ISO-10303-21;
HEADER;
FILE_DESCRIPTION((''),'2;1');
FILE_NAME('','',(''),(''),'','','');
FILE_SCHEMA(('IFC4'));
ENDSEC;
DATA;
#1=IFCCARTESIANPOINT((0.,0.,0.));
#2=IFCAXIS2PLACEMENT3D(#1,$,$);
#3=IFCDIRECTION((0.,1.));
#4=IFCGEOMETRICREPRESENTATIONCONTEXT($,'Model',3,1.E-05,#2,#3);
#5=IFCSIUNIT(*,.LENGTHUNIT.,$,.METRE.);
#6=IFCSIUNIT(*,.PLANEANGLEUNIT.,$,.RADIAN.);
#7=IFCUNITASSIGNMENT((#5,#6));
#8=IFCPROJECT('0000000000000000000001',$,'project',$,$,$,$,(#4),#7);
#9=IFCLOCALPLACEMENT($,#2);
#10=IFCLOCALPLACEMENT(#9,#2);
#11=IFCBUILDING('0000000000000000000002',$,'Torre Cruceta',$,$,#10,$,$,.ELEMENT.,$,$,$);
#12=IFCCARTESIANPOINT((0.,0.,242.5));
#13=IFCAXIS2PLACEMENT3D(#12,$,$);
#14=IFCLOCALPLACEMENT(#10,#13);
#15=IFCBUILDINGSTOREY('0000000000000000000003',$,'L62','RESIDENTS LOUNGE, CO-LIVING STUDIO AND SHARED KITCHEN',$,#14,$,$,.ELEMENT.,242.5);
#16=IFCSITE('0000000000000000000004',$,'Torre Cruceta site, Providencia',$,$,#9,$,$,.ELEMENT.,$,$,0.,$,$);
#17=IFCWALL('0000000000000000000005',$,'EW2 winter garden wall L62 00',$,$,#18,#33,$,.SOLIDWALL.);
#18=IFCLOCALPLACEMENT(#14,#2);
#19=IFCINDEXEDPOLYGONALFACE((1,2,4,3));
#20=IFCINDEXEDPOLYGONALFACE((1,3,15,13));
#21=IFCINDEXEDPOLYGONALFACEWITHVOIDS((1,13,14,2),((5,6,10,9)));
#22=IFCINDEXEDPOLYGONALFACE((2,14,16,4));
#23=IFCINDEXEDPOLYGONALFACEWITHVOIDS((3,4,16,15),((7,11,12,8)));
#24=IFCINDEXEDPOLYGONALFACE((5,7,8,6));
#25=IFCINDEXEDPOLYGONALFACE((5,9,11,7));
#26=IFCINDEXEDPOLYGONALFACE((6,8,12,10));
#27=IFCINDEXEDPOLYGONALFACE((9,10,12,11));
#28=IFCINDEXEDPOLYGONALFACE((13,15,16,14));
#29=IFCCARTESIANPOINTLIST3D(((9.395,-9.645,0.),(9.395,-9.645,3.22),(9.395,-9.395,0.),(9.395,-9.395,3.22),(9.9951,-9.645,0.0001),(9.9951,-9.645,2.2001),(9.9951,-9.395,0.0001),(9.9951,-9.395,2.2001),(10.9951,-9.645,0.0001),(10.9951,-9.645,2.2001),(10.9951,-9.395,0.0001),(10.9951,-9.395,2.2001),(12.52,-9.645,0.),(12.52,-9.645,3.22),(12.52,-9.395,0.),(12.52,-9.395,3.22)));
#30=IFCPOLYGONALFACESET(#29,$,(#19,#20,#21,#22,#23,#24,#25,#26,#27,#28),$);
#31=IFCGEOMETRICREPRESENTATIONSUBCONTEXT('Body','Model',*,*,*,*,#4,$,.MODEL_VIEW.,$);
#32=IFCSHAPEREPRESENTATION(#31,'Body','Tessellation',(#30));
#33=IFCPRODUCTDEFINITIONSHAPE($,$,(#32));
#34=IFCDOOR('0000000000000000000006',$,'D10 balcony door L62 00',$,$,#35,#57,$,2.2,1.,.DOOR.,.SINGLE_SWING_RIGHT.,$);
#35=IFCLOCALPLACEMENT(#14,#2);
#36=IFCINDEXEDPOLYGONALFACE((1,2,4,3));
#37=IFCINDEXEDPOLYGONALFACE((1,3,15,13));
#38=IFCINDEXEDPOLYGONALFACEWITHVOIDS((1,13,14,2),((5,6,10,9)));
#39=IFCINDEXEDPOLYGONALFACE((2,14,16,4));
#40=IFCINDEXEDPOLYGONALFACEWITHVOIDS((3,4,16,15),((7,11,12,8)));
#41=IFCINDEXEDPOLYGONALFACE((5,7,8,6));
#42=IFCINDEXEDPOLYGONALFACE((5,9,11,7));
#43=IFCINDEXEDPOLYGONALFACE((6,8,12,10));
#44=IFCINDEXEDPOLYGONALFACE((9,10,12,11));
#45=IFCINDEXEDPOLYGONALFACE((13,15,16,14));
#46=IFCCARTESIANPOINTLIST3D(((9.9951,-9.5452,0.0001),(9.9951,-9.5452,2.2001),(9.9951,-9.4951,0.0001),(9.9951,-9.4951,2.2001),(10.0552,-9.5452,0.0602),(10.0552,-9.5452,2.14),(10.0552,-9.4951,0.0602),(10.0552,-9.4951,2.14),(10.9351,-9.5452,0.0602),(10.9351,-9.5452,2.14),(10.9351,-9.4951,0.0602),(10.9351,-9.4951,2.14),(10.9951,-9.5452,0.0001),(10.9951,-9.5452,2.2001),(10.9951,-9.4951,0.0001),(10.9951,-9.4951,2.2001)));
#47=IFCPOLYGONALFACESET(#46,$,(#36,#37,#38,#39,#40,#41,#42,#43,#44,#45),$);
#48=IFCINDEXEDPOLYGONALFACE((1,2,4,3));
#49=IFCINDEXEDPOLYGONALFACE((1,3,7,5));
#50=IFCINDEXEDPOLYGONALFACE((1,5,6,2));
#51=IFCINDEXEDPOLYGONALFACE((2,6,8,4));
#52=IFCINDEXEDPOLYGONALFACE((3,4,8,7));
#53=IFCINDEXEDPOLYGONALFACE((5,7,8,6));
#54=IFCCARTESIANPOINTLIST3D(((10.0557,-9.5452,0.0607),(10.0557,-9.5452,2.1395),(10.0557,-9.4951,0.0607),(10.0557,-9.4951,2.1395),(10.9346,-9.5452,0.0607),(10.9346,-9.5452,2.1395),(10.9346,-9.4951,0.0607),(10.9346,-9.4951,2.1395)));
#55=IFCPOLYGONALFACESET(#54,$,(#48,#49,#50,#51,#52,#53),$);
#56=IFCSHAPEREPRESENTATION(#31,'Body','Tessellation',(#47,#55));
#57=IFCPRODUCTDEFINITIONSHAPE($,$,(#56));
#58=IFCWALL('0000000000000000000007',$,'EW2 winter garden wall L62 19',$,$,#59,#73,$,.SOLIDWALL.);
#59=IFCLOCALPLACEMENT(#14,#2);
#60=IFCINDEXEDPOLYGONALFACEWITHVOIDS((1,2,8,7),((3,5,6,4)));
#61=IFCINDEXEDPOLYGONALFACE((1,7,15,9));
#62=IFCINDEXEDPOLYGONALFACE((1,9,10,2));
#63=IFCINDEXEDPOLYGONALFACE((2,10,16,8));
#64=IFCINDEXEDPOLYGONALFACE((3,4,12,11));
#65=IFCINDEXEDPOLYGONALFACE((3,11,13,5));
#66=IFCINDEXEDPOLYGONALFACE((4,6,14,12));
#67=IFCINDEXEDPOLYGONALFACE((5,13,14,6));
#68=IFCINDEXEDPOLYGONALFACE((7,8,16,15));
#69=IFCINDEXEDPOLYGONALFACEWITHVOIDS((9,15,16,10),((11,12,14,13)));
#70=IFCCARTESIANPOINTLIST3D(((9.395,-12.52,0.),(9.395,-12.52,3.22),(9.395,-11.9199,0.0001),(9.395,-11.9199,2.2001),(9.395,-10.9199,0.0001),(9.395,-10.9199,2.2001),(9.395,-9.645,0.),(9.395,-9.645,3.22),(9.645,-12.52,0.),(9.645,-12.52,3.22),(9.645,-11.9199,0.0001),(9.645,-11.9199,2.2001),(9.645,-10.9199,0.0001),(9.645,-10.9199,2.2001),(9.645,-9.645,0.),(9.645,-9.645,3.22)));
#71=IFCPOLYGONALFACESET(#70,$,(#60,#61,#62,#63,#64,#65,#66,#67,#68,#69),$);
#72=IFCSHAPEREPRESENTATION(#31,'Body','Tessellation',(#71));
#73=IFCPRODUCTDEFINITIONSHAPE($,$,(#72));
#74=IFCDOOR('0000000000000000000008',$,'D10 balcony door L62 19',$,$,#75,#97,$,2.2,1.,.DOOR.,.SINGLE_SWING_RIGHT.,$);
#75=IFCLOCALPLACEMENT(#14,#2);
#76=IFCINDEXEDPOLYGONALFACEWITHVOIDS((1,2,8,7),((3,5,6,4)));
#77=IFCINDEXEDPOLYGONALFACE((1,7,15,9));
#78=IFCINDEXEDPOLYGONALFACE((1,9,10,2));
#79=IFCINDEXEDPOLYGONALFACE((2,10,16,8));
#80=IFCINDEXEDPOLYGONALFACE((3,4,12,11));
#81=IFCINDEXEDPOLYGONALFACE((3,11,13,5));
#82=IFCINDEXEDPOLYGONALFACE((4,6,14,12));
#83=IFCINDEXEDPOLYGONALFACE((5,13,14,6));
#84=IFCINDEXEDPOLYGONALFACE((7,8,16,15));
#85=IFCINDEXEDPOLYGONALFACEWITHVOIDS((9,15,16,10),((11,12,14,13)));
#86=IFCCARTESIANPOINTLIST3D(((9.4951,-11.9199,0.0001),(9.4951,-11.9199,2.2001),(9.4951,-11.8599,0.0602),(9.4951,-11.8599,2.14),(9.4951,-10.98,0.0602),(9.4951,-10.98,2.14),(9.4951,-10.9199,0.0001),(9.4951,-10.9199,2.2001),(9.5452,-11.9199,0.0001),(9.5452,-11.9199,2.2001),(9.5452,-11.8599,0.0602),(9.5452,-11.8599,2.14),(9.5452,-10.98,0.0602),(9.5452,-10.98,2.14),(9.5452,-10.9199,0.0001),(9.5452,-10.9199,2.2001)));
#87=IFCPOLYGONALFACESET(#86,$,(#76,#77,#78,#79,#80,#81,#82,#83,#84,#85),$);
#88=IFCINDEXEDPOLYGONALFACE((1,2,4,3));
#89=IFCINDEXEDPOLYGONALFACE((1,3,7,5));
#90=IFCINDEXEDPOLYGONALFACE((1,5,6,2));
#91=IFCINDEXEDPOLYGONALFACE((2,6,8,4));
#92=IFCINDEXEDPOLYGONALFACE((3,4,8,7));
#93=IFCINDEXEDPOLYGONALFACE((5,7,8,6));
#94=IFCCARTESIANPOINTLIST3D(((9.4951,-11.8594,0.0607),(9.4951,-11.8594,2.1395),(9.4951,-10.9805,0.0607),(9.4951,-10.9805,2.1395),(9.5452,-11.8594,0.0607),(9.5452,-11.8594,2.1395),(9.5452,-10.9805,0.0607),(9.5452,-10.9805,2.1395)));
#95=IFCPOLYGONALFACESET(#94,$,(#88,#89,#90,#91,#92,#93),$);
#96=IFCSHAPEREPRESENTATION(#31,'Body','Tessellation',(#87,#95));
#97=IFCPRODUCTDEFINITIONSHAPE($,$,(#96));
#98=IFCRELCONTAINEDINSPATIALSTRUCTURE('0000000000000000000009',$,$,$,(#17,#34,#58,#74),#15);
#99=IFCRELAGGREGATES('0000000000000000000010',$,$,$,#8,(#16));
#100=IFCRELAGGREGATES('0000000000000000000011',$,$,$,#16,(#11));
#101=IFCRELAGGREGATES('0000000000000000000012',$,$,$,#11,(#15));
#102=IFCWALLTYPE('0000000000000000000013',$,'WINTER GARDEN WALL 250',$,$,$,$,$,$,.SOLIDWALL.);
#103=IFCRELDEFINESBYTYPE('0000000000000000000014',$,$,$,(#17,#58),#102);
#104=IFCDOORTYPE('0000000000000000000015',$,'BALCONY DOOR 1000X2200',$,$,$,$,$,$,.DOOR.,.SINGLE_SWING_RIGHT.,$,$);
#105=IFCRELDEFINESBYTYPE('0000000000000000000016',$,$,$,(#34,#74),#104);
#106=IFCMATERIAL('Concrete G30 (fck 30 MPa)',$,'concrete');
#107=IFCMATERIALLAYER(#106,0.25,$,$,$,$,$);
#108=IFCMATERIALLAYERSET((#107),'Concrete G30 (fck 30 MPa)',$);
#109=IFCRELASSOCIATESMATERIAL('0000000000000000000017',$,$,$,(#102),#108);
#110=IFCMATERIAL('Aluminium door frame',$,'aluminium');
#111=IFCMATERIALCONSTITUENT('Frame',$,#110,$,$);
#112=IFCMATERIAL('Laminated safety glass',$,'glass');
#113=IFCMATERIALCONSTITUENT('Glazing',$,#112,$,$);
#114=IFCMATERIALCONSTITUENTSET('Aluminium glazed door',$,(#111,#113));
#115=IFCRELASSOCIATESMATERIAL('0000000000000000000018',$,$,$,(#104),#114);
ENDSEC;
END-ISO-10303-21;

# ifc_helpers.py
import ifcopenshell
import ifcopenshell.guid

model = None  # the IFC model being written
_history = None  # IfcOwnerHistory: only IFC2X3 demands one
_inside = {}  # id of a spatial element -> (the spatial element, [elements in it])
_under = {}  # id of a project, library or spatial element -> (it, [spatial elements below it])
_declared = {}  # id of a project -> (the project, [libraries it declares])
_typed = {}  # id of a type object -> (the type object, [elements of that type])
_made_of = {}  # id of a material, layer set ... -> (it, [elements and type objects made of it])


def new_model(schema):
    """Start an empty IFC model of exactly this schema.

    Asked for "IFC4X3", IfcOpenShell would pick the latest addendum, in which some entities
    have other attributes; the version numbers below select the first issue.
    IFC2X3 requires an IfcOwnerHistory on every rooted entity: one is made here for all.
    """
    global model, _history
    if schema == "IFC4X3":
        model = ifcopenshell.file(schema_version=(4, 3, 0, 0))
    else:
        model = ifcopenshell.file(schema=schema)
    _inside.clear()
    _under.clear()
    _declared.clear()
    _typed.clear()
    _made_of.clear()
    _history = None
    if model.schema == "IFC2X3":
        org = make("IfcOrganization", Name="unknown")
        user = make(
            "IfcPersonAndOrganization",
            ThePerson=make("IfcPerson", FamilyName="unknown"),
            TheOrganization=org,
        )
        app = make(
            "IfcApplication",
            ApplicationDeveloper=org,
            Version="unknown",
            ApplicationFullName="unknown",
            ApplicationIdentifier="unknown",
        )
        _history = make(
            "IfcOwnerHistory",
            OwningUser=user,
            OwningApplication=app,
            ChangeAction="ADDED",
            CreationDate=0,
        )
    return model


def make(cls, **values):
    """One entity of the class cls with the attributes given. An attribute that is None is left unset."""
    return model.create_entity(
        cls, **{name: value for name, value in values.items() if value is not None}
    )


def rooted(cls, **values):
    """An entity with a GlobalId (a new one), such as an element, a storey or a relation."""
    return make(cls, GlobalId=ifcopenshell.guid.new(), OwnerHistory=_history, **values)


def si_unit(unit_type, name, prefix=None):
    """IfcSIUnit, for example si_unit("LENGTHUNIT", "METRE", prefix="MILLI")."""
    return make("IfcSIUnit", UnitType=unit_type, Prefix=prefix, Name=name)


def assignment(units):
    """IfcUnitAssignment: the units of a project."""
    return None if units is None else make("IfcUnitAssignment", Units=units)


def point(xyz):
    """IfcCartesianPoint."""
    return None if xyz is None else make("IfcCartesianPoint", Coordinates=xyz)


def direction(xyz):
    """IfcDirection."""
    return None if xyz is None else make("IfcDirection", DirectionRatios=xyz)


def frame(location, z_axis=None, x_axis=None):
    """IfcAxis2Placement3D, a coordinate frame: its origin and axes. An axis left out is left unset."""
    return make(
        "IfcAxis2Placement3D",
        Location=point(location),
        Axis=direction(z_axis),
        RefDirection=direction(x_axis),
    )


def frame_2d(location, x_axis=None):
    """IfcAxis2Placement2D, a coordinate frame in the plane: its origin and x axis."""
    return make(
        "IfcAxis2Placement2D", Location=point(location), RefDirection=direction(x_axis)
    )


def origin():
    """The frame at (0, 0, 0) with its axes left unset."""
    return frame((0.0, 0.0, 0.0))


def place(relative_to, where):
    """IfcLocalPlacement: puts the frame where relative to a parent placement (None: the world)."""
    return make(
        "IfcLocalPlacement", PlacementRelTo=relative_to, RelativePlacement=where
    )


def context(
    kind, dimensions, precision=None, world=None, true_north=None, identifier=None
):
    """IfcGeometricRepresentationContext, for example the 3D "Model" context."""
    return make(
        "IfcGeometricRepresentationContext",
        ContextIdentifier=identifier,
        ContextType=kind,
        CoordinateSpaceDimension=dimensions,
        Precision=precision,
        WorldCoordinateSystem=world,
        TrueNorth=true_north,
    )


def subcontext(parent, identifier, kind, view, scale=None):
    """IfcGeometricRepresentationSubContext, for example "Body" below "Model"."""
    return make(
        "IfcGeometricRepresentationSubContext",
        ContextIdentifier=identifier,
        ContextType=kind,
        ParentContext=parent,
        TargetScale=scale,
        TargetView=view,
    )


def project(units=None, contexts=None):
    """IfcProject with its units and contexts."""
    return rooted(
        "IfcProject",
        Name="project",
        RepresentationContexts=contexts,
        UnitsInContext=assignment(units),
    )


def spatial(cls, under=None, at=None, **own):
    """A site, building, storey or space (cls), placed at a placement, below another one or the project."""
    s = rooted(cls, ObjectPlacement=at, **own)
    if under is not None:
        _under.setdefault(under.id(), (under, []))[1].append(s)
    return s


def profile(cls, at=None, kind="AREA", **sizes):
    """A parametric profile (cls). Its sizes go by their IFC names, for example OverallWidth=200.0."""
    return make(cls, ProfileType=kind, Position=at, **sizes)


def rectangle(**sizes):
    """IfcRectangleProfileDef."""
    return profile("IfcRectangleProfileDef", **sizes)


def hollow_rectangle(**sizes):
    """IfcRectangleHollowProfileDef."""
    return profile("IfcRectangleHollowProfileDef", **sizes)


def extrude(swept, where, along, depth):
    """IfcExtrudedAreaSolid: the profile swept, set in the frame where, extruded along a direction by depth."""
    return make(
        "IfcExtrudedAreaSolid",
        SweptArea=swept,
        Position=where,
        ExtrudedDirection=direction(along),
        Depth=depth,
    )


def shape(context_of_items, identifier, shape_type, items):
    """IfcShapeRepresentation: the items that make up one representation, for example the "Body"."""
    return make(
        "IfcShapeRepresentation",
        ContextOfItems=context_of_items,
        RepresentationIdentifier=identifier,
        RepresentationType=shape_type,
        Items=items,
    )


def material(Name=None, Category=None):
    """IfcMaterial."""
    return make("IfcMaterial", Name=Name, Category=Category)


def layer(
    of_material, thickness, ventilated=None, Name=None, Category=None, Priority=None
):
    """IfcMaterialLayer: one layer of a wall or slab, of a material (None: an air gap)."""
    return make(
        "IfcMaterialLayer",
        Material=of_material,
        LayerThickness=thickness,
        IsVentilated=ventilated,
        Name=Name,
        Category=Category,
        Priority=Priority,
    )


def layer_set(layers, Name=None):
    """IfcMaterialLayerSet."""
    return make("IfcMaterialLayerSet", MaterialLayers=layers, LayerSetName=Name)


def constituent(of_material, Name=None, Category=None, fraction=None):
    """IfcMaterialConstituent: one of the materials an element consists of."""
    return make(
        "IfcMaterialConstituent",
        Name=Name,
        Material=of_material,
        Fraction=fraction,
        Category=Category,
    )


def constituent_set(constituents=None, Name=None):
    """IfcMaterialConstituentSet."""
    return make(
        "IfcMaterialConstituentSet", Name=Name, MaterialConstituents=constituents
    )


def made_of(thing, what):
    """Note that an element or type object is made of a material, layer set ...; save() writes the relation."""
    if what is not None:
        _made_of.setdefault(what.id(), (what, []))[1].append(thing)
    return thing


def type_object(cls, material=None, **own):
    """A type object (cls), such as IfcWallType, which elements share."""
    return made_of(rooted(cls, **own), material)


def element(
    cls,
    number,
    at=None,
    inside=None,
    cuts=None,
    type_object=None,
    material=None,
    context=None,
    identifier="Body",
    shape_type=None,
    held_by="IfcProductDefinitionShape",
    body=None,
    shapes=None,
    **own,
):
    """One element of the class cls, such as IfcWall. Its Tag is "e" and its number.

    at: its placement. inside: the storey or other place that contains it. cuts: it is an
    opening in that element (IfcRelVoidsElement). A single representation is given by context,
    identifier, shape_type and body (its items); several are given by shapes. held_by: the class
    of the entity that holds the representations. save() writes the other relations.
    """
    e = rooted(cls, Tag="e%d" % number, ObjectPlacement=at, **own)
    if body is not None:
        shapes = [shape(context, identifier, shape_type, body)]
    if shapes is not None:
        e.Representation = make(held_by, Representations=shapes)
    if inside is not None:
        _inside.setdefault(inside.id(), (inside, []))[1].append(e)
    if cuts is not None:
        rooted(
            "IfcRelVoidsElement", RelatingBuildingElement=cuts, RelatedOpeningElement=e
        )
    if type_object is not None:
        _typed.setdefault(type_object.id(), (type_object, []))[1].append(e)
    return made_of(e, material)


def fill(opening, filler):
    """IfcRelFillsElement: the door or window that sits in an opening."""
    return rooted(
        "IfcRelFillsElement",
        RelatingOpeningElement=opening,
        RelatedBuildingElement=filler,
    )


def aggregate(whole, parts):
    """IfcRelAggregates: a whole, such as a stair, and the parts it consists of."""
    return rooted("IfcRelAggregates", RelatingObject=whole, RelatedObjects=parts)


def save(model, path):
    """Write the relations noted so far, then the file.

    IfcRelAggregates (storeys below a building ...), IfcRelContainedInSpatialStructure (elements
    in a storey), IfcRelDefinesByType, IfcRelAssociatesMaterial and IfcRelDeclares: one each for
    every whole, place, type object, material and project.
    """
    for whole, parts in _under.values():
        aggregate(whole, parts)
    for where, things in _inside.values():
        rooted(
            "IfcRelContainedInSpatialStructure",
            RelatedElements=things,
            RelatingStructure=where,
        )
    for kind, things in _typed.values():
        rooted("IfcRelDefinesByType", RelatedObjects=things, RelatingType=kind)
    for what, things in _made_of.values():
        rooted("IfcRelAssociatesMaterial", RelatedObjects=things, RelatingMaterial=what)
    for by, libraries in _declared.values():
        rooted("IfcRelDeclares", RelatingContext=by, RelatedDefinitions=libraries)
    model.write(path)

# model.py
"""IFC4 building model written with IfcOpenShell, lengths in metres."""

from ifc_helpers import new_model, si_unit, direction, frame, frame_2d, origin, place, context, subcontext, project, spatial, rectangle, hollow_rectangle, extrude, material, layer, layer_set, constituent, constituent_set, type_object, element, fill, save


model = new_model("IFC4")

# Units and contexts
model_context = context("Model", 3, precision=1e-05, world=origin(), true_north=direction((0.0, 1.0)))
body_context = subcontext(model_context, "Body", "Model", "MODEL_VIEW")
ifc_project = project(units=[si_unit("LENGTHUNIT", "METRE"), si_unit("PLANEANGLEUNIT", "RADIAN")], contexts=[model_context])

# Site, building, storey
site_placement = place(None, origin())
site = spatial("IfcSite", under=ifc_project, at=site_placement, Name="Torre Cruceta site, Providencia", CompositionType="ELEMENT", RefElevation=0.0)
building_placement = place(site_placement, origin())
building = spatial("IfcBuilding", under=site, at=building_placement, Name="Torre Cruceta", CompositionType="ELEMENT")
storey_placement = place(building_placement, frame((0.0, 0.0, 242.5)))
storey = spatial("IfcBuildingStorey", under=building, at=storey_placement, Name="L62", Description="RESIDENTS LOUNGE, CO-LIVING STUDIO AND SHARED KITCHEN", CompositionType="ELEMENT", Elevation=242.5)

# Walls, openings, doors
ifc_material_1 = material(Name="Concrete G30 (fck 30 MPa)", Category="concrete")
ifc_layer_1 = layer(ifc_material_1, 0.25)
ifc_layer_set_1 = layer_set([ifc_layer_1], Name="Concrete G30 (fck 30 MPa)")
wall_type_1 = type_object("IfcWallType", Name="WINTER GARDEN WALL 250", PredefinedType="SOLIDWALL", material=ifc_layer_set_1)
wall_1_placement = place(storey_placement, frame((9.395, -9.52, 0.0), z_axis=(0.0, 0.0, 1.0), x_axis=(1.0, 0.0, 0.0)))
wall_1 = element("IfcWall", 1, at=wall_1_placement, inside=storey, type_object=wall_type_1, Name="EW2 winter garden wall L62 00", PredefinedType="SOLIDWALL", context=body_context, shape_type="SweptSolid", body=[
    extrude(rectangle(XDim=3.125, YDim=0.25, at=frame_2d((1.5625, 0.0))), origin(), (0.0, 0.0, 1.0), 3.22),
])
opening_1_placement = place(wall_1_placement, frame((0.6001, 0.0, 0.0)))
opening_1 = element("IfcOpeningElement", 2, at=opening_1_placement, cuts=wall_1, PredefinedType="OPENING", context=body_context, shape_type="SweptSolid", body=[
    extrude(rectangle(XDim=1.0, YDim=2.2, at=frame_2d((0.5, 1.1001))), frame((0.0, 0.135, 0.0), z_axis=(0.0, -1.0, 0.0), x_axis=(1.0, 0.0, 0.0)), (0.0, 0.0, 1.0), 0.27),
])
ifc_material_2 = material(Name="Aluminium door frame", Category="aluminium")
ifc_constituent_1 = constituent(ifc_material_2, Name="Frame")
ifc_material_3 = material(Name="Laminated safety glass", Category="glass")
ifc_constituent_2 = constituent(ifc_material_3, Name="Glazing")
ifc_constituent_set_1 = constituent_set(constituents=[ifc_constituent_1, ifc_constituent_2], Name="Aluminium glazed door")
door_type_1 = type_object("IfcDoorType", Name="BALCONY DOOR 1000X2200", OperationType="SINGLE_SWING_RIGHT", PredefinedType="DOOR", material=ifc_constituent_set_1)
door_1_placement = place(opening_1_placement, origin())
door_1 = element("IfcDoor", 3, at=door_1_placement, inside=storey, type_object=door_type_1, Name="D10 balcony door L62 00", OperationType="SINGLE_SWING_RIGHT", OverallHeight=2.2, OverallWidth=1.0, PredefinedType="DOOR", context=body_context, shape_type="SweptSolid", body=[
    extrude(hollow_rectangle(XDim=1.0, YDim=2.2, WallThickness=0.0601, at=frame_2d((0.5, 1.1001))), frame((0.0, 0.0249, 0.0), z_axis=(0.0, -1.0, 0.0), x_axis=(1.0, 0.0, 0.0)), (0.0, 0.0, 1.0), 0.05),
    extrude(rectangle(XDim=0.8789, YDim=2.0789, at=frame_2d((0.5, 1.1001))), frame((0.0, 0.0249, 0.0), z_axis=(0.0, -1.0, 0.0), x_axis=(1.0, 0.0, 0.0)), (0.0, 0.0, 1.0), 0.05),
])
fill(opening_1, door_1)
wall_2_placement = place(storey_placement, frame((9.52, -12.52, 0.0), z_axis=(0.0, 0.0, 1.0), x_axis=(0.0, 1.0, 0.0)))
wall_2 = element("IfcWall", 4, at=wall_2_placement, inside=storey, type_object=wall_type_1, Name="EW2 winter garden wall L62 19", PredefinedType="SOLIDWALL", context=body_context, shape_type="SweptSolid", body=[
    extrude(rectangle(XDim=2.875, YDim=0.25, at=frame_2d((1.4375, 0.0))), origin(), (0.0, 0.0, 1.0), 3.22),
])
opening_2_placement = place(wall_2_placement, frame((0.6001, 0.0, 0.0)))
opening_2 = element("IfcOpeningElement", 5, at=opening_2_placement, cuts=wall_2, PredefinedType="OPENING", context=body_context, shape_type="SweptSolid", body=[
    extrude(rectangle(XDim=1.0, YDim=2.2, at=frame_2d((0.5, 1.1001))), frame((0.0, 0.135, 0.0), z_axis=(0.0, -1.0, 0.0), x_axis=(1.0, 0.0, 0.0)), (0.0, 0.0, 1.0), 0.27),
])
door_2_placement = place(opening_2_placement, origin())
door_2 = element("IfcDoor", 6, at=door_2_placement, inside=storey, type_object=door_type_1, Name="D10 balcony door L62 19", OperationType="SINGLE_SWING_RIGHT", OverallHeight=2.2, OverallWidth=1.0, PredefinedType="DOOR", context=body_context, shape_type="SweptSolid", body=[
    extrude(hollow_rectangle(XDim=1.0, YDim=2.2, WallThickness=0.0601, at=frame_2d((0.5, 1.1001))), frame((0.0, 0.0249, 0.0), z_axis=(0.0, -1.0, 0.0), x_axis=(1.0, 0.0, 0.0)), (0.0, 0.0, 1.0), 0.05),
    extrude(rectangle(XDim=0.8789, YDim=2.0789, at=frame_2d((0.5, 1.1001))), frame((0.0, 0.0249, 0.0), z_axis=(0.0, -1.0, 0.0), x_axis=(1.0, 0.0, 0.0)), (0.0, 0.0, 1.0), 0.05),
])
fill(opening_2, door_2)

save(model, "model.ifc")
